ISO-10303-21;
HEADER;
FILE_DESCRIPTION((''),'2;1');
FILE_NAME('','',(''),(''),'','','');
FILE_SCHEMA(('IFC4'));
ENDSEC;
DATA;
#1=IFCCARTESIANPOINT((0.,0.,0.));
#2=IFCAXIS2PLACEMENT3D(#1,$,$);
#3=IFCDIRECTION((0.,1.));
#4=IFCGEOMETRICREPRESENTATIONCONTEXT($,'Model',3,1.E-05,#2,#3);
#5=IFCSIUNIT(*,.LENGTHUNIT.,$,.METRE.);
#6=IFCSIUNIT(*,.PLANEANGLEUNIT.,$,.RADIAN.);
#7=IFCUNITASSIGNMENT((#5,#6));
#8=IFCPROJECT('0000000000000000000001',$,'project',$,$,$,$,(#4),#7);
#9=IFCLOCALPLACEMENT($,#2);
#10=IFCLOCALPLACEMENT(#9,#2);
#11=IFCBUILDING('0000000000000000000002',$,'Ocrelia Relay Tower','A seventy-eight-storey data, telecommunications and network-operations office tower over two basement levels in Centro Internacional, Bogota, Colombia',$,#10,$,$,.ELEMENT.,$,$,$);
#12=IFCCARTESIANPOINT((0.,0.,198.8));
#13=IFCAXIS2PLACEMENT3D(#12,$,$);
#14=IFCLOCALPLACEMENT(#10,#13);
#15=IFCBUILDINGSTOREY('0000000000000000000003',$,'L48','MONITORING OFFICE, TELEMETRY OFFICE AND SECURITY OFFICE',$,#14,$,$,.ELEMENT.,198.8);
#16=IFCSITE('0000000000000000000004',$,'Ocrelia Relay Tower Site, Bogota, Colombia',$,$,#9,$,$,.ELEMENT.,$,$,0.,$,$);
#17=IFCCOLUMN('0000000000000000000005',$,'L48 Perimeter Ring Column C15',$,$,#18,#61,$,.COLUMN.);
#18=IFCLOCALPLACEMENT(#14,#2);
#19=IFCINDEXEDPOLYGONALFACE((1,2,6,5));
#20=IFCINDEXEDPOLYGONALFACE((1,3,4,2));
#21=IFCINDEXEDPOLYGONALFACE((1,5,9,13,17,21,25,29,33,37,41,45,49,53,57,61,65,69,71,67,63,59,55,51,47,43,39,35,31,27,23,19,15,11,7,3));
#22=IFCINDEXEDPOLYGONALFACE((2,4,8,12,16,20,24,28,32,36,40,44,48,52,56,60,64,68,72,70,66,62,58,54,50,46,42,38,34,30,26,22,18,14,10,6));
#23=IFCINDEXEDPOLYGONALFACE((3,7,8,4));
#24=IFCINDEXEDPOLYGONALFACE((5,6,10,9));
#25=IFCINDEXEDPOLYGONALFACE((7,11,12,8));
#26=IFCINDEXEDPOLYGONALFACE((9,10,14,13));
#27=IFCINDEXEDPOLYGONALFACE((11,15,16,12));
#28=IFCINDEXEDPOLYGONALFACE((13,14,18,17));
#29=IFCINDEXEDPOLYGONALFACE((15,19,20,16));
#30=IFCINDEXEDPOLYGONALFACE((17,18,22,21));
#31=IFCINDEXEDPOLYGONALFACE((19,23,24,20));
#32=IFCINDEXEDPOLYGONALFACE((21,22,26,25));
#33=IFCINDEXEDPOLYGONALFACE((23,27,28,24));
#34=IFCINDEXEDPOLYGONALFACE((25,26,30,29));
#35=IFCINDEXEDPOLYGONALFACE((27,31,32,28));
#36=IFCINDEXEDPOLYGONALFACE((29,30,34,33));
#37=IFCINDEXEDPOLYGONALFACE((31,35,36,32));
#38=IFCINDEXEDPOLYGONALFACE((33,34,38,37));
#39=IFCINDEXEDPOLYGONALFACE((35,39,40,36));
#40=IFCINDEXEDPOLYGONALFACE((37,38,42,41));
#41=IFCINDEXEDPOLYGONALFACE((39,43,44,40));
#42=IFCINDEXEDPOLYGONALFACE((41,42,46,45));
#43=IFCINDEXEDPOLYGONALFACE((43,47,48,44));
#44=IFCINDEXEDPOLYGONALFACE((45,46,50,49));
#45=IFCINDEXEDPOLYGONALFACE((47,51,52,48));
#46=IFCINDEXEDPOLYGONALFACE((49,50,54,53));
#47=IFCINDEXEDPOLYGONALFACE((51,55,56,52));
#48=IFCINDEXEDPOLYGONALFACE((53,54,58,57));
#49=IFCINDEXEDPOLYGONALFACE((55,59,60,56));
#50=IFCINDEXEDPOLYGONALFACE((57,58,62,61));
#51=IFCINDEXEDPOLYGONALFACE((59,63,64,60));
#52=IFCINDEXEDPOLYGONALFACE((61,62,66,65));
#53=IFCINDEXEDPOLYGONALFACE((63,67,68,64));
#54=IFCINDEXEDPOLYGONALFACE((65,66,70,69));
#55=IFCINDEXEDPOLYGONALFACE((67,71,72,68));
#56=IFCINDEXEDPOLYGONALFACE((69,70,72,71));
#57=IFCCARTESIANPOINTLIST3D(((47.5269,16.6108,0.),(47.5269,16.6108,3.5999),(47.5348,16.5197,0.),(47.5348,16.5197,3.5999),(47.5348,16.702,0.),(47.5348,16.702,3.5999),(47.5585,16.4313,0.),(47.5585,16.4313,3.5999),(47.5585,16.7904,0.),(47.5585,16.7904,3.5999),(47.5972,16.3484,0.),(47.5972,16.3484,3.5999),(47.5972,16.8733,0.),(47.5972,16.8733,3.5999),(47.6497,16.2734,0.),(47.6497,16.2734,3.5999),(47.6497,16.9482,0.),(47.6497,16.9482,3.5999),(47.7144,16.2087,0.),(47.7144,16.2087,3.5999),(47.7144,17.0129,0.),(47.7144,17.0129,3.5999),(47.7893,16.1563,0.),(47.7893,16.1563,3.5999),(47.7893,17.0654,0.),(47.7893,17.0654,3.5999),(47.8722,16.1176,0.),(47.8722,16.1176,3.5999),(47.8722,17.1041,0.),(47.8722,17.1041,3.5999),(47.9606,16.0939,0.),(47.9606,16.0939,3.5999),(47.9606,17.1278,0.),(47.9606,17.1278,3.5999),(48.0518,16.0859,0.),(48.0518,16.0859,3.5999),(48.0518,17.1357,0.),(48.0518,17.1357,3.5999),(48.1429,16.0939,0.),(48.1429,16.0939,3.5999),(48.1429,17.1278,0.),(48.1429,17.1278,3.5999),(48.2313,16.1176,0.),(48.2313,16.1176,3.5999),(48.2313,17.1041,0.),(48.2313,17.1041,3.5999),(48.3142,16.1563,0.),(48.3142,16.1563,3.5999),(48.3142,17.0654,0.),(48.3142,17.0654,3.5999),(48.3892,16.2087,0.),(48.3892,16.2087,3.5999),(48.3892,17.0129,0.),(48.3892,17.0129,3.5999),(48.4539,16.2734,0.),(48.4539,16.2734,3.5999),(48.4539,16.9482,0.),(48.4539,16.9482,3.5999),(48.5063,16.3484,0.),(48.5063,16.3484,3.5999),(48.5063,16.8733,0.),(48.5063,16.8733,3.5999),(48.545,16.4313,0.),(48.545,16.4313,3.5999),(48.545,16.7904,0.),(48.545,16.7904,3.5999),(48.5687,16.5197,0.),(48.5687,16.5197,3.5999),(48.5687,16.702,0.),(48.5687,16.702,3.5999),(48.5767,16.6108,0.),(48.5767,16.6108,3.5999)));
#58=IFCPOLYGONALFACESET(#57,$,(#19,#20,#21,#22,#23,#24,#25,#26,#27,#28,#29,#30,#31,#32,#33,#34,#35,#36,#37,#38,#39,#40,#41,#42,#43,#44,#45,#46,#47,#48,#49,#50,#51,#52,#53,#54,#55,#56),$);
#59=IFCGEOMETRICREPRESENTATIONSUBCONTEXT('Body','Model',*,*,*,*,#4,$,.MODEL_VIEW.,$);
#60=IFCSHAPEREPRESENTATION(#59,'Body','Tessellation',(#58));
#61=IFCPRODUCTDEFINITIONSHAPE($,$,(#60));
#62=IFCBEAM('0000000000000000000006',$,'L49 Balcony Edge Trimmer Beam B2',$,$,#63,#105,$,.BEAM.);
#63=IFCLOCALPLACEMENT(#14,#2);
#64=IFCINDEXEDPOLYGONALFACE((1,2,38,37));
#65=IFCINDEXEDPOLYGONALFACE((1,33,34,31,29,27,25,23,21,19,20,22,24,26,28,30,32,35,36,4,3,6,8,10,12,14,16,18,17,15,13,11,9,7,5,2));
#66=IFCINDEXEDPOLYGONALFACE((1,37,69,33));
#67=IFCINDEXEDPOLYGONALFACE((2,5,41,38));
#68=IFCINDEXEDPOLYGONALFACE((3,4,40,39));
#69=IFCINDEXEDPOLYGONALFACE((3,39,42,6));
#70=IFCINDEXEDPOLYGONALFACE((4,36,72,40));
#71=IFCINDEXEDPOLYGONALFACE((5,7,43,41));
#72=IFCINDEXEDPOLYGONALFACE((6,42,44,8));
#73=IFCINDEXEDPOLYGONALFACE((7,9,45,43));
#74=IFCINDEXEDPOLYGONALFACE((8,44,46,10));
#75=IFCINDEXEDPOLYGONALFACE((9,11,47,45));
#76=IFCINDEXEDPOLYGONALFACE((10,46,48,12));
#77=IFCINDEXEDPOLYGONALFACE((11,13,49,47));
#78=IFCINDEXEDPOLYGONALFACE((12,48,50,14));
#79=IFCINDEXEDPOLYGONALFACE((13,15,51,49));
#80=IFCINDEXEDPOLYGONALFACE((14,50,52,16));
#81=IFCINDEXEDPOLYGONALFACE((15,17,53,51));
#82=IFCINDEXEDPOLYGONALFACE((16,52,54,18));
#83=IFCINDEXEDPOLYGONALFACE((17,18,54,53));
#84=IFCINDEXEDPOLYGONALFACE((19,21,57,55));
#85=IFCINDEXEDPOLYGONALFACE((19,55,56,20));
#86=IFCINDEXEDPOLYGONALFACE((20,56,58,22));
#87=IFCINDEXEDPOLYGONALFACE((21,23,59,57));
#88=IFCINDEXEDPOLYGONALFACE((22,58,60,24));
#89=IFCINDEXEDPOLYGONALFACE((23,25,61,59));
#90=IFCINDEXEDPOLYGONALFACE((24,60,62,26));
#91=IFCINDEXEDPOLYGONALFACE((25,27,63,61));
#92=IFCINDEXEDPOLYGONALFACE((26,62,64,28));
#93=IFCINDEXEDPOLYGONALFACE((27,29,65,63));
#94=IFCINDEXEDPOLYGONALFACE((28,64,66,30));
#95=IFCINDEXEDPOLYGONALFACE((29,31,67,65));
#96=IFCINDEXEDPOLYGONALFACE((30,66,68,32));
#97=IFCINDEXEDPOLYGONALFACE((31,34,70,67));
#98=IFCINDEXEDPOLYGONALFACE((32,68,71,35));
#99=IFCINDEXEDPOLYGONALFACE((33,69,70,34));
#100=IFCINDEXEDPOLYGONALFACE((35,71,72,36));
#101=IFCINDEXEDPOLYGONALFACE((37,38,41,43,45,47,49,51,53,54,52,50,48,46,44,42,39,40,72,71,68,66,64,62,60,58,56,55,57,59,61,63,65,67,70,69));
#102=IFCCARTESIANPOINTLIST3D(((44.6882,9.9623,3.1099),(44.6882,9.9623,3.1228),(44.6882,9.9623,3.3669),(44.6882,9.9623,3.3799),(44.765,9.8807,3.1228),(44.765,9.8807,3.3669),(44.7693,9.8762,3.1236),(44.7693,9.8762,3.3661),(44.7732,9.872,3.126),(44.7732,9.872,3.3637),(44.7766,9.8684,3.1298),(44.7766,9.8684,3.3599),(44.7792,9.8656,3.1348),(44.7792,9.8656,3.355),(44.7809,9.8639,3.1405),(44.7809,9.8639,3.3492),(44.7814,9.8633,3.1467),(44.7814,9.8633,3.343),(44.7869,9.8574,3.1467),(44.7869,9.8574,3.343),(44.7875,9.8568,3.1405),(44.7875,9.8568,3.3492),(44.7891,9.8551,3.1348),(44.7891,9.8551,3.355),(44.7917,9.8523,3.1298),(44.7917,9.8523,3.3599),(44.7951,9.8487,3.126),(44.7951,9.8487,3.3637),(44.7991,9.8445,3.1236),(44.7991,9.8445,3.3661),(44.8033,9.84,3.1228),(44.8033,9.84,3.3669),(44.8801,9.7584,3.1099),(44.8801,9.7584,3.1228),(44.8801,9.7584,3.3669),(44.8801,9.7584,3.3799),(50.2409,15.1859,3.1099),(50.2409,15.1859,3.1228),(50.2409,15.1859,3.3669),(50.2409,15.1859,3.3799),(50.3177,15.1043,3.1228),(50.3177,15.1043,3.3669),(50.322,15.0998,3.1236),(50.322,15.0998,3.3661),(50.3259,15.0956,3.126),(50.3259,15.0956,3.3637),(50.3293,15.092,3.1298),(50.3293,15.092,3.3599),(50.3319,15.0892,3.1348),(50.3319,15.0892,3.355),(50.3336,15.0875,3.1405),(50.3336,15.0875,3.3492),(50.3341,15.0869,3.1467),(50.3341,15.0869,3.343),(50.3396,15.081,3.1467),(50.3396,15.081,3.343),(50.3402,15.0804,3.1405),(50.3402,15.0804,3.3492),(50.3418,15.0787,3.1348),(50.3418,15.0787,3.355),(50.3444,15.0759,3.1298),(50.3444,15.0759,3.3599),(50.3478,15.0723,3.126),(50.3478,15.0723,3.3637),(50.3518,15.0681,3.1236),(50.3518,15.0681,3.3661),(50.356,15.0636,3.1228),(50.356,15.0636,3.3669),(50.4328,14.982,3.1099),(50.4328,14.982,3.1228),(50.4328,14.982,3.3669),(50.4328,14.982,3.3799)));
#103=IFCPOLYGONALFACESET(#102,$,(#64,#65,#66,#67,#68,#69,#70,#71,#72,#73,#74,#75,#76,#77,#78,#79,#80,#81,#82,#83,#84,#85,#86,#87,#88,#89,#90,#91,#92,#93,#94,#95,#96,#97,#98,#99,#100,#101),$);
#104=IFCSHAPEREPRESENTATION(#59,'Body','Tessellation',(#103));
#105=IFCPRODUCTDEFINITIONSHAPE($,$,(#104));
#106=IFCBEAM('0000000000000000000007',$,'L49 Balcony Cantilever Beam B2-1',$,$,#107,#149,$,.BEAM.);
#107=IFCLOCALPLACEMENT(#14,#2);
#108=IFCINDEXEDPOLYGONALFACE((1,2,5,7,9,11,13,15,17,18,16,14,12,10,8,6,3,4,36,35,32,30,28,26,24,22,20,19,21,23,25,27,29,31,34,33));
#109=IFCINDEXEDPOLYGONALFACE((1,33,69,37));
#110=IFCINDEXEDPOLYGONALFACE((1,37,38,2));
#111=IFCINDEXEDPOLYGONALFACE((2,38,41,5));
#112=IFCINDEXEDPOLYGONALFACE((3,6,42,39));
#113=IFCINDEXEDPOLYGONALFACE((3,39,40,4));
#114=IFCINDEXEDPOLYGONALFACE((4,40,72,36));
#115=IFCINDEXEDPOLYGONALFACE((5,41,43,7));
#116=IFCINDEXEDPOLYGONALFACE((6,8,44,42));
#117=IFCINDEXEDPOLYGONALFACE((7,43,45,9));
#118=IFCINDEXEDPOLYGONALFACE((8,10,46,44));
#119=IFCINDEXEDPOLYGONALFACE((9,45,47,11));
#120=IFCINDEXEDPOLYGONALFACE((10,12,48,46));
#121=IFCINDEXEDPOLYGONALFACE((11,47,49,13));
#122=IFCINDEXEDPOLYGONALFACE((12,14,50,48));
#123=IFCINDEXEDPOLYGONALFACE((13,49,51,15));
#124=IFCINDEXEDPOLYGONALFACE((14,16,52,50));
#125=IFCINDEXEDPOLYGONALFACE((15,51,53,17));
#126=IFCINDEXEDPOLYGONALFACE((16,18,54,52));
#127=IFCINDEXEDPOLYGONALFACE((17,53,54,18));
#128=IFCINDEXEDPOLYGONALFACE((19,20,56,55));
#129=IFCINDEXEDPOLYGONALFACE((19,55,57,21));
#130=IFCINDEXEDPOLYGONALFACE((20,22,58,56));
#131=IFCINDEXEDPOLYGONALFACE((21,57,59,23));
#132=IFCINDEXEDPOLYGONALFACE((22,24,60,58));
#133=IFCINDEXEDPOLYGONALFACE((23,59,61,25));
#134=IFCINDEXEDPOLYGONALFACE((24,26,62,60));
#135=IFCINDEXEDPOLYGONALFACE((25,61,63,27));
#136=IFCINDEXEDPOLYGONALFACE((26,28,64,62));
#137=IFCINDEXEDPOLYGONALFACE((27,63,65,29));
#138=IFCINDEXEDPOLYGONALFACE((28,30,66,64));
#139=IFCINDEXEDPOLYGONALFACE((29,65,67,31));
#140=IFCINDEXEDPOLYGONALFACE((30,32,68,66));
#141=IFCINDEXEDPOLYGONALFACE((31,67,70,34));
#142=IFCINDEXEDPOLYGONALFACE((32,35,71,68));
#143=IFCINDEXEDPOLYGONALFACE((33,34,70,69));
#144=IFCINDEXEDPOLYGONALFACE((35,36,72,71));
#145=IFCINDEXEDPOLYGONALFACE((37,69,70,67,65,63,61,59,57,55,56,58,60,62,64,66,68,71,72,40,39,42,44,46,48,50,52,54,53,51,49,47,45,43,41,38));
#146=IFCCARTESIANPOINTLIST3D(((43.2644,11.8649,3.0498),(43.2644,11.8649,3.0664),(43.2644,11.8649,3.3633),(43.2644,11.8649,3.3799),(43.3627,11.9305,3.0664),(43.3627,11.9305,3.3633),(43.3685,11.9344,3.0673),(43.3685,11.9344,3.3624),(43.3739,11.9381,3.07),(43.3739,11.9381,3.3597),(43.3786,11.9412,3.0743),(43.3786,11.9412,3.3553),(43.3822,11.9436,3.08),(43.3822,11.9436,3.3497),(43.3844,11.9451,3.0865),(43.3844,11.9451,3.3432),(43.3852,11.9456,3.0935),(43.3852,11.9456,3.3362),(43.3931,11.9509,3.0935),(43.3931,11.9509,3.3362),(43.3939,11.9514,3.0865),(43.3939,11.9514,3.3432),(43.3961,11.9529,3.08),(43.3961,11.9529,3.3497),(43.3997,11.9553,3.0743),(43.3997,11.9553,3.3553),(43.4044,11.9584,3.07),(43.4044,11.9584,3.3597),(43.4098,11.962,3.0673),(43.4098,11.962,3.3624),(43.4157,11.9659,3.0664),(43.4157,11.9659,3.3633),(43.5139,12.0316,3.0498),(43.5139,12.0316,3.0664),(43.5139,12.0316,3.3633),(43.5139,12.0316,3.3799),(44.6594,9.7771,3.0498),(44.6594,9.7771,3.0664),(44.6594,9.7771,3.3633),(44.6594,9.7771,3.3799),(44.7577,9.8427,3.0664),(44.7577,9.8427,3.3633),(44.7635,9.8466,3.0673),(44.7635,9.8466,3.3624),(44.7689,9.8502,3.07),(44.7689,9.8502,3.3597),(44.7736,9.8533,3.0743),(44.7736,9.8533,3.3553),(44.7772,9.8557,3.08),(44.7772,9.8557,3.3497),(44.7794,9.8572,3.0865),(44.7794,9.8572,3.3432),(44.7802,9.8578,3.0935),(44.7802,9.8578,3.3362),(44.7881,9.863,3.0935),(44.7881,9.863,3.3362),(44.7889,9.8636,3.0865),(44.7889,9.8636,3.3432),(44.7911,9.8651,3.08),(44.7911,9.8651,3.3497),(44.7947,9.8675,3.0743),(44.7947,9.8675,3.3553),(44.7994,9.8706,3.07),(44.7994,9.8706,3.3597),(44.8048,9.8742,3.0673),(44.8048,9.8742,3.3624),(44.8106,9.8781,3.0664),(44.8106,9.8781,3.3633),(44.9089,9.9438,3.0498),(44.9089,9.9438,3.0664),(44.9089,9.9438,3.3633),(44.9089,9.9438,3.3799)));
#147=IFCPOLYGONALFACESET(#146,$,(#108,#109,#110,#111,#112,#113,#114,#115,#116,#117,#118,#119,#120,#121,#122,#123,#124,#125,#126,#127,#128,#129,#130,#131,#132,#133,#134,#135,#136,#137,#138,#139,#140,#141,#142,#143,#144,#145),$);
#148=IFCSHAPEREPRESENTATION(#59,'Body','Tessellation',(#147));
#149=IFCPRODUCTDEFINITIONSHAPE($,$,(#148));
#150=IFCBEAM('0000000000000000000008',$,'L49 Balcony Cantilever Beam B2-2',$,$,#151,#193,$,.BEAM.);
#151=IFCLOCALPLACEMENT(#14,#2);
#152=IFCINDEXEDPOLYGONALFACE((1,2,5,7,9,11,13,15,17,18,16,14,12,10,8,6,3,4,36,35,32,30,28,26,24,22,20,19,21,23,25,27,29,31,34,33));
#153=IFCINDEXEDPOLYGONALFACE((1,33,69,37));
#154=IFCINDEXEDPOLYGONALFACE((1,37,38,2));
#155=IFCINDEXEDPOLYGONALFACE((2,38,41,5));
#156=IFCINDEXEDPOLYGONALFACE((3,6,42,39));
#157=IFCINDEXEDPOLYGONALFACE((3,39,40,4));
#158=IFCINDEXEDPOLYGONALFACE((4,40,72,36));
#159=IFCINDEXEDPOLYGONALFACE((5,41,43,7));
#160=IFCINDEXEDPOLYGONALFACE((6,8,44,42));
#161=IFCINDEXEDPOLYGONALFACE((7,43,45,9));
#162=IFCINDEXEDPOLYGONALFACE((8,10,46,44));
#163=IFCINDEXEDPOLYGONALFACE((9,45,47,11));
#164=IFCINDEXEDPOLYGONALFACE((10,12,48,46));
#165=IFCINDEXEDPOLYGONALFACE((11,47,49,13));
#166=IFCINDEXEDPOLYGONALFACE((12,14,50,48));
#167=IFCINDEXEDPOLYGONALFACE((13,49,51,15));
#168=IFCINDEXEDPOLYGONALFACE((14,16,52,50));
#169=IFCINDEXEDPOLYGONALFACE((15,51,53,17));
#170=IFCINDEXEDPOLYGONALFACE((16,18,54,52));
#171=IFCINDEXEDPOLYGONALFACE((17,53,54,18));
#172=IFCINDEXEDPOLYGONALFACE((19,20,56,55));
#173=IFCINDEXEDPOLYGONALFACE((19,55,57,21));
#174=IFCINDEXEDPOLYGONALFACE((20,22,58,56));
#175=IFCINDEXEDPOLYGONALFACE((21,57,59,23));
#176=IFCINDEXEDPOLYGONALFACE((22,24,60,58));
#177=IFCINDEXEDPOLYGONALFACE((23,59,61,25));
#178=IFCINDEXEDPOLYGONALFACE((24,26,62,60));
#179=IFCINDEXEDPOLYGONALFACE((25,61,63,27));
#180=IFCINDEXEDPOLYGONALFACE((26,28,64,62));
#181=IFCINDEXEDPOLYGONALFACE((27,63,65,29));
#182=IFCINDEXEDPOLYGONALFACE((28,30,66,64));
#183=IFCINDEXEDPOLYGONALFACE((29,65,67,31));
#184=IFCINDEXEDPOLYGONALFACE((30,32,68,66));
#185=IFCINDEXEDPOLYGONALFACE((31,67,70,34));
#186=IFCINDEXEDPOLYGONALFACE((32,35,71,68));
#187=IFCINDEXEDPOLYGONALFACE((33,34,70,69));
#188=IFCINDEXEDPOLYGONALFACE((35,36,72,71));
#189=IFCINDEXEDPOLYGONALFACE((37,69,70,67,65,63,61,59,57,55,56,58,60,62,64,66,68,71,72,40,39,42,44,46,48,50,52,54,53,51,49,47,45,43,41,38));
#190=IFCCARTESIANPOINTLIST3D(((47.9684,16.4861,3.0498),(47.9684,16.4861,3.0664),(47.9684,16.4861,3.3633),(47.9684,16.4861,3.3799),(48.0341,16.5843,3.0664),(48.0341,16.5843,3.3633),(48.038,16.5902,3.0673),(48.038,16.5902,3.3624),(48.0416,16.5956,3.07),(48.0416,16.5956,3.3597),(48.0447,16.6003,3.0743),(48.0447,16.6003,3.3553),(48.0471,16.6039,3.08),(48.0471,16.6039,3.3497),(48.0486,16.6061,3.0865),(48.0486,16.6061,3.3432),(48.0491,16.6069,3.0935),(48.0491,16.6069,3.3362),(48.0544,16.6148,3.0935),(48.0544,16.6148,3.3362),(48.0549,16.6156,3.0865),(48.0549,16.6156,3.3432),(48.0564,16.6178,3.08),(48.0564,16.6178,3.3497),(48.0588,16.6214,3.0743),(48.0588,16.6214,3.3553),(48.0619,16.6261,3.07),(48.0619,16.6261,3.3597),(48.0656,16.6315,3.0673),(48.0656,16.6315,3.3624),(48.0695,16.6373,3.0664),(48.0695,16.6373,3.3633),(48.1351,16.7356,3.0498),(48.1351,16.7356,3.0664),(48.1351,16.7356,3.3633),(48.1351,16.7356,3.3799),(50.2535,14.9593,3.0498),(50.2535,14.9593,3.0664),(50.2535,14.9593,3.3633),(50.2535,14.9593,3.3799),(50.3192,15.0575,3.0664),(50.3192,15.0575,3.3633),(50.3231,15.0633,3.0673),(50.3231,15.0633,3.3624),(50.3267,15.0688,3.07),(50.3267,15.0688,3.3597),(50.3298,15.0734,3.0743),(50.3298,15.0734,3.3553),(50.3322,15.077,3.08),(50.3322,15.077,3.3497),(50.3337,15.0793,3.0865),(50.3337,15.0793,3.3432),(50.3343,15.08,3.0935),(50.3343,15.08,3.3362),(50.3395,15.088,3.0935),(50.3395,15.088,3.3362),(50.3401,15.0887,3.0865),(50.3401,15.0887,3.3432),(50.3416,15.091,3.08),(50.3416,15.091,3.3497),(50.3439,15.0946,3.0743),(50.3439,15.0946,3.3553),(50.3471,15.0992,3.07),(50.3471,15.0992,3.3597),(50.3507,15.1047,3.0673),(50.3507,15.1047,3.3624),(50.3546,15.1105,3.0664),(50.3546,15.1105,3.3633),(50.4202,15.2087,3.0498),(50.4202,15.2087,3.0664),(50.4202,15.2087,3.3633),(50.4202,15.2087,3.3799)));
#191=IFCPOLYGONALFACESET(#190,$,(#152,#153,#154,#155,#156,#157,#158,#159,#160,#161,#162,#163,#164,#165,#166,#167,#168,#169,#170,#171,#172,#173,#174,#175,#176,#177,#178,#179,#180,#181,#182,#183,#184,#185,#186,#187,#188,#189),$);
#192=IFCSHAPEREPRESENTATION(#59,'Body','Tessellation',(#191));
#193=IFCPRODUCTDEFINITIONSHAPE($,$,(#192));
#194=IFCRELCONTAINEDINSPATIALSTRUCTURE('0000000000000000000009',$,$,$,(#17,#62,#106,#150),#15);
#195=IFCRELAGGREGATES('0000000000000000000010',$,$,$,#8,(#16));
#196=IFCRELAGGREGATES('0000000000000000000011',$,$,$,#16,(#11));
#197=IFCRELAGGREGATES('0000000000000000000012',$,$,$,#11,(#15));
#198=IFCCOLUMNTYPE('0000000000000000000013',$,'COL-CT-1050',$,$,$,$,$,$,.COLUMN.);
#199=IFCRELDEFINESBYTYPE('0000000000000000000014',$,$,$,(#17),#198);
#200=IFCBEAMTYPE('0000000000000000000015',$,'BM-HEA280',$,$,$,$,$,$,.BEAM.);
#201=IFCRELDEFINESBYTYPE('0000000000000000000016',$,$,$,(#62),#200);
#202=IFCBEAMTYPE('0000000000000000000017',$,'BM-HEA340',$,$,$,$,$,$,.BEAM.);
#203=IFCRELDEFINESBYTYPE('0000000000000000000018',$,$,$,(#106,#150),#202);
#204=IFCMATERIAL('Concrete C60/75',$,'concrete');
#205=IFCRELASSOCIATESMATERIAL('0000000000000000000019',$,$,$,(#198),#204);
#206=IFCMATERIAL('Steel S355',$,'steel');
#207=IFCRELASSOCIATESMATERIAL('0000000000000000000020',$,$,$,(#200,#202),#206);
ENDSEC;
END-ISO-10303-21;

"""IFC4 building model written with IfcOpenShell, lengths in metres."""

from ifc_helpers import new_model, si_unit, direction, frame, origin, origin_2d, place, context, subcontext, project, spatial, circle, i_section, extrude, material, material_profile, profile_set, type_object, element, save


model = new_model("IFC4")

# Units and contexts
model_context = context("Model", 3, precision=1e-05, world=origin(), true_north=direction((0.0, 1.0)))
body_context = subcontext(model_context, "Body", "Model", "MODEL_VIEW")
ifc_project = project(units=[si_unit("LENGTHUNIT", "METRE"), si_unit("PLANEANGLEUNIT", "RADIAN")], contexts=[model_context])

# Site, building, storey
site_placement = place(None, origin())
site = spatial("IfcSite", under=ifc_project, at=site_placement, Name="Ocrelia Relay Tower Site, Bogota, Colombia", CompositionType="ELEMENT", RefElevation=0.0)
building_placement = place(site_placement, origin())
building = spatial("IfcBuilding", under=site, at=building_placement, Name="Ocrelia Relay Tower", Description="A seventy-eight-storey data, telecommunications and network-operations office tower over two basement levels in Centro Internacional, Bogota, Colombia", CompositionType="ELEMENT")
storey_placement = place(building_placement, frame((0.0, 0.0, 198.8)))
storey = spatial("IfcBuildingStorey", under=building, at=storey_placement, Name="L48", Description="MONITORING OFFICE, TELEMETRY OFFICE AND SECURITY OFFICE", CompositionType="ELEMENT", Elevation=198.8)

# Column
ifc_material_1 = material(Name="Concrete C60/75", Category="concrete")
ifc_material_profile_1 = material_profile(ifc_material_1, circle(Radius=0.5249, at=origin_2d()), Name="RC-CIR-1050")
ifc_profile_set_1 = profile_set([ifc_material_profile_1], Name="Concrete C60/75")
column_type = type_object("IfcColumnType", Name="COL-CT-1050", PredefinedType="COLUMN", material=ifc_profile_set_1)
column_placement = place(storey_placement, frame((48.0518, 16.6108, 0.0), z_axis=(0.0, 0.0, 1.0), x_axis=(1.0, 0.0, 0.0)))
element("IfcColumn", 1, at=column_placement, inside=storey, type_object=column_type, Name="L48 Perimeter Ring Column C15", PredefinedType="COLUMN", context=body_context, shape_type="SweptSolid", body=[
    extrude(circle(Radius=0.5249, at=origin_2d()), origin(), (0.0, 0.0, 1.0), 3.5999),
])

# Beams
ifc_material_2 = material(Name="Steel S355", Category="steel")
ifc_material_profile_2 = material_profile(ifc_material_2, i_section(OverallWidth=0.28, OverallDepth=0.27, WebThickness=0.0081, FlangeThickness=0.0129, FilletRadius=0.0239, at=origin_2d()), Name="HEA 280")
ifc_profile_set_2 = profile_set([ifc_material_profile_2], Name="Steel S355")
beam_type_1 = type_object("IfcBeamType", Name="BM-HEA280", PredefinedType="BEAM", material=ifc_profile_set_2)
beam_1_placement = place(storey_placement, frame((44.7842, 9.8604, 3.2449), z_axis=(0.728362, 0.685193, 0.0), x_axis=(-0.685193, 0.728362, 0.0)))
element("IfcBeam", 2, at=beam_1_placement, inside=storey, type_object=beam_type_1, Name="L49 Balcony Edge Trimmer Beam B2", PredefinedType="BEAM", context=body_context, shape_type="SweptSolid", body=[
    extrude(i_section(OverallWidth=0.28, OverallDepth=0.27, WebThickness=0.0081, FlangeThickness=0.0129, FilletRadius=0.0239, at=origin_2d()), origin(), (0.0, 0.0, 1.0), 7.6235),
])
ifc_material_profile_3 = material_profile(ifc_material_2, i_section(OverallWidth=0.3, OverallDepth=0.3301, WebThickness=0.0095, FlangeThickness=0.0166, FilletRadius=0.0271, at=origin_2d()), Name="HEA 340")
ifc_profile_set_3 = profile_set([ifc_material_profile_3], Name="Steel S355")
beam_type_2 = type_object("IfcBeamType", Name="BM-HEA340", PredefinedType="BEAM", material=ifc_profile_set_3)
beam_2_placement = place(storey_placement, frame((43.3892, 11.9482, 3.2148), z_axis=(0.555553, -0.831481, 0.0), x_axis=(0.831481, 0.555553, 0.0)))
element("IfcBeam", 3, at=beam_2_placement, inside=storey, type_object=beam_type_2, Name="L49 Balcony Cantilever Beam B2-1", PredefinedType="BEAM", context=body_context, shape_type="SweptSolid", body=[
    extrude(i_section(OverallWidth=0.3, OverallDepth=0.3301, WebThickness=0.0095, FlangeThickness=0.0166, FilletRadius=0.0271, at=origin_2d()), origin(), (0.0, 0.0, 1.0), 2.511),
])
beam_3_placement = place(storey_placement, frame((48.0518, 16.6108, 3.2148), z_axis=(0.831476, -0.555561, 0.0), x_axis=(0.555561, 0.831476, 0.0)))
element("IfcBeam", 4, at=beam_3_placement, inside=storey, type_object=beam_type_2, Name="L49 Balcony Cantilever Beam B2-2", PredefinedType="BEAM", context=body_context, shape_type="SweptSolid", body=[
    extrude(i_section(OverallWidth=0.3, OverallDepth=0.3301, WebThickness=0.0095, FlangeThickness=0.0166, FilletRadius=0.0271, at=origin_2d()), origin(), (0.0, 0.0, 1.0), 2.7483),
])

save(model, "model.ifc")
